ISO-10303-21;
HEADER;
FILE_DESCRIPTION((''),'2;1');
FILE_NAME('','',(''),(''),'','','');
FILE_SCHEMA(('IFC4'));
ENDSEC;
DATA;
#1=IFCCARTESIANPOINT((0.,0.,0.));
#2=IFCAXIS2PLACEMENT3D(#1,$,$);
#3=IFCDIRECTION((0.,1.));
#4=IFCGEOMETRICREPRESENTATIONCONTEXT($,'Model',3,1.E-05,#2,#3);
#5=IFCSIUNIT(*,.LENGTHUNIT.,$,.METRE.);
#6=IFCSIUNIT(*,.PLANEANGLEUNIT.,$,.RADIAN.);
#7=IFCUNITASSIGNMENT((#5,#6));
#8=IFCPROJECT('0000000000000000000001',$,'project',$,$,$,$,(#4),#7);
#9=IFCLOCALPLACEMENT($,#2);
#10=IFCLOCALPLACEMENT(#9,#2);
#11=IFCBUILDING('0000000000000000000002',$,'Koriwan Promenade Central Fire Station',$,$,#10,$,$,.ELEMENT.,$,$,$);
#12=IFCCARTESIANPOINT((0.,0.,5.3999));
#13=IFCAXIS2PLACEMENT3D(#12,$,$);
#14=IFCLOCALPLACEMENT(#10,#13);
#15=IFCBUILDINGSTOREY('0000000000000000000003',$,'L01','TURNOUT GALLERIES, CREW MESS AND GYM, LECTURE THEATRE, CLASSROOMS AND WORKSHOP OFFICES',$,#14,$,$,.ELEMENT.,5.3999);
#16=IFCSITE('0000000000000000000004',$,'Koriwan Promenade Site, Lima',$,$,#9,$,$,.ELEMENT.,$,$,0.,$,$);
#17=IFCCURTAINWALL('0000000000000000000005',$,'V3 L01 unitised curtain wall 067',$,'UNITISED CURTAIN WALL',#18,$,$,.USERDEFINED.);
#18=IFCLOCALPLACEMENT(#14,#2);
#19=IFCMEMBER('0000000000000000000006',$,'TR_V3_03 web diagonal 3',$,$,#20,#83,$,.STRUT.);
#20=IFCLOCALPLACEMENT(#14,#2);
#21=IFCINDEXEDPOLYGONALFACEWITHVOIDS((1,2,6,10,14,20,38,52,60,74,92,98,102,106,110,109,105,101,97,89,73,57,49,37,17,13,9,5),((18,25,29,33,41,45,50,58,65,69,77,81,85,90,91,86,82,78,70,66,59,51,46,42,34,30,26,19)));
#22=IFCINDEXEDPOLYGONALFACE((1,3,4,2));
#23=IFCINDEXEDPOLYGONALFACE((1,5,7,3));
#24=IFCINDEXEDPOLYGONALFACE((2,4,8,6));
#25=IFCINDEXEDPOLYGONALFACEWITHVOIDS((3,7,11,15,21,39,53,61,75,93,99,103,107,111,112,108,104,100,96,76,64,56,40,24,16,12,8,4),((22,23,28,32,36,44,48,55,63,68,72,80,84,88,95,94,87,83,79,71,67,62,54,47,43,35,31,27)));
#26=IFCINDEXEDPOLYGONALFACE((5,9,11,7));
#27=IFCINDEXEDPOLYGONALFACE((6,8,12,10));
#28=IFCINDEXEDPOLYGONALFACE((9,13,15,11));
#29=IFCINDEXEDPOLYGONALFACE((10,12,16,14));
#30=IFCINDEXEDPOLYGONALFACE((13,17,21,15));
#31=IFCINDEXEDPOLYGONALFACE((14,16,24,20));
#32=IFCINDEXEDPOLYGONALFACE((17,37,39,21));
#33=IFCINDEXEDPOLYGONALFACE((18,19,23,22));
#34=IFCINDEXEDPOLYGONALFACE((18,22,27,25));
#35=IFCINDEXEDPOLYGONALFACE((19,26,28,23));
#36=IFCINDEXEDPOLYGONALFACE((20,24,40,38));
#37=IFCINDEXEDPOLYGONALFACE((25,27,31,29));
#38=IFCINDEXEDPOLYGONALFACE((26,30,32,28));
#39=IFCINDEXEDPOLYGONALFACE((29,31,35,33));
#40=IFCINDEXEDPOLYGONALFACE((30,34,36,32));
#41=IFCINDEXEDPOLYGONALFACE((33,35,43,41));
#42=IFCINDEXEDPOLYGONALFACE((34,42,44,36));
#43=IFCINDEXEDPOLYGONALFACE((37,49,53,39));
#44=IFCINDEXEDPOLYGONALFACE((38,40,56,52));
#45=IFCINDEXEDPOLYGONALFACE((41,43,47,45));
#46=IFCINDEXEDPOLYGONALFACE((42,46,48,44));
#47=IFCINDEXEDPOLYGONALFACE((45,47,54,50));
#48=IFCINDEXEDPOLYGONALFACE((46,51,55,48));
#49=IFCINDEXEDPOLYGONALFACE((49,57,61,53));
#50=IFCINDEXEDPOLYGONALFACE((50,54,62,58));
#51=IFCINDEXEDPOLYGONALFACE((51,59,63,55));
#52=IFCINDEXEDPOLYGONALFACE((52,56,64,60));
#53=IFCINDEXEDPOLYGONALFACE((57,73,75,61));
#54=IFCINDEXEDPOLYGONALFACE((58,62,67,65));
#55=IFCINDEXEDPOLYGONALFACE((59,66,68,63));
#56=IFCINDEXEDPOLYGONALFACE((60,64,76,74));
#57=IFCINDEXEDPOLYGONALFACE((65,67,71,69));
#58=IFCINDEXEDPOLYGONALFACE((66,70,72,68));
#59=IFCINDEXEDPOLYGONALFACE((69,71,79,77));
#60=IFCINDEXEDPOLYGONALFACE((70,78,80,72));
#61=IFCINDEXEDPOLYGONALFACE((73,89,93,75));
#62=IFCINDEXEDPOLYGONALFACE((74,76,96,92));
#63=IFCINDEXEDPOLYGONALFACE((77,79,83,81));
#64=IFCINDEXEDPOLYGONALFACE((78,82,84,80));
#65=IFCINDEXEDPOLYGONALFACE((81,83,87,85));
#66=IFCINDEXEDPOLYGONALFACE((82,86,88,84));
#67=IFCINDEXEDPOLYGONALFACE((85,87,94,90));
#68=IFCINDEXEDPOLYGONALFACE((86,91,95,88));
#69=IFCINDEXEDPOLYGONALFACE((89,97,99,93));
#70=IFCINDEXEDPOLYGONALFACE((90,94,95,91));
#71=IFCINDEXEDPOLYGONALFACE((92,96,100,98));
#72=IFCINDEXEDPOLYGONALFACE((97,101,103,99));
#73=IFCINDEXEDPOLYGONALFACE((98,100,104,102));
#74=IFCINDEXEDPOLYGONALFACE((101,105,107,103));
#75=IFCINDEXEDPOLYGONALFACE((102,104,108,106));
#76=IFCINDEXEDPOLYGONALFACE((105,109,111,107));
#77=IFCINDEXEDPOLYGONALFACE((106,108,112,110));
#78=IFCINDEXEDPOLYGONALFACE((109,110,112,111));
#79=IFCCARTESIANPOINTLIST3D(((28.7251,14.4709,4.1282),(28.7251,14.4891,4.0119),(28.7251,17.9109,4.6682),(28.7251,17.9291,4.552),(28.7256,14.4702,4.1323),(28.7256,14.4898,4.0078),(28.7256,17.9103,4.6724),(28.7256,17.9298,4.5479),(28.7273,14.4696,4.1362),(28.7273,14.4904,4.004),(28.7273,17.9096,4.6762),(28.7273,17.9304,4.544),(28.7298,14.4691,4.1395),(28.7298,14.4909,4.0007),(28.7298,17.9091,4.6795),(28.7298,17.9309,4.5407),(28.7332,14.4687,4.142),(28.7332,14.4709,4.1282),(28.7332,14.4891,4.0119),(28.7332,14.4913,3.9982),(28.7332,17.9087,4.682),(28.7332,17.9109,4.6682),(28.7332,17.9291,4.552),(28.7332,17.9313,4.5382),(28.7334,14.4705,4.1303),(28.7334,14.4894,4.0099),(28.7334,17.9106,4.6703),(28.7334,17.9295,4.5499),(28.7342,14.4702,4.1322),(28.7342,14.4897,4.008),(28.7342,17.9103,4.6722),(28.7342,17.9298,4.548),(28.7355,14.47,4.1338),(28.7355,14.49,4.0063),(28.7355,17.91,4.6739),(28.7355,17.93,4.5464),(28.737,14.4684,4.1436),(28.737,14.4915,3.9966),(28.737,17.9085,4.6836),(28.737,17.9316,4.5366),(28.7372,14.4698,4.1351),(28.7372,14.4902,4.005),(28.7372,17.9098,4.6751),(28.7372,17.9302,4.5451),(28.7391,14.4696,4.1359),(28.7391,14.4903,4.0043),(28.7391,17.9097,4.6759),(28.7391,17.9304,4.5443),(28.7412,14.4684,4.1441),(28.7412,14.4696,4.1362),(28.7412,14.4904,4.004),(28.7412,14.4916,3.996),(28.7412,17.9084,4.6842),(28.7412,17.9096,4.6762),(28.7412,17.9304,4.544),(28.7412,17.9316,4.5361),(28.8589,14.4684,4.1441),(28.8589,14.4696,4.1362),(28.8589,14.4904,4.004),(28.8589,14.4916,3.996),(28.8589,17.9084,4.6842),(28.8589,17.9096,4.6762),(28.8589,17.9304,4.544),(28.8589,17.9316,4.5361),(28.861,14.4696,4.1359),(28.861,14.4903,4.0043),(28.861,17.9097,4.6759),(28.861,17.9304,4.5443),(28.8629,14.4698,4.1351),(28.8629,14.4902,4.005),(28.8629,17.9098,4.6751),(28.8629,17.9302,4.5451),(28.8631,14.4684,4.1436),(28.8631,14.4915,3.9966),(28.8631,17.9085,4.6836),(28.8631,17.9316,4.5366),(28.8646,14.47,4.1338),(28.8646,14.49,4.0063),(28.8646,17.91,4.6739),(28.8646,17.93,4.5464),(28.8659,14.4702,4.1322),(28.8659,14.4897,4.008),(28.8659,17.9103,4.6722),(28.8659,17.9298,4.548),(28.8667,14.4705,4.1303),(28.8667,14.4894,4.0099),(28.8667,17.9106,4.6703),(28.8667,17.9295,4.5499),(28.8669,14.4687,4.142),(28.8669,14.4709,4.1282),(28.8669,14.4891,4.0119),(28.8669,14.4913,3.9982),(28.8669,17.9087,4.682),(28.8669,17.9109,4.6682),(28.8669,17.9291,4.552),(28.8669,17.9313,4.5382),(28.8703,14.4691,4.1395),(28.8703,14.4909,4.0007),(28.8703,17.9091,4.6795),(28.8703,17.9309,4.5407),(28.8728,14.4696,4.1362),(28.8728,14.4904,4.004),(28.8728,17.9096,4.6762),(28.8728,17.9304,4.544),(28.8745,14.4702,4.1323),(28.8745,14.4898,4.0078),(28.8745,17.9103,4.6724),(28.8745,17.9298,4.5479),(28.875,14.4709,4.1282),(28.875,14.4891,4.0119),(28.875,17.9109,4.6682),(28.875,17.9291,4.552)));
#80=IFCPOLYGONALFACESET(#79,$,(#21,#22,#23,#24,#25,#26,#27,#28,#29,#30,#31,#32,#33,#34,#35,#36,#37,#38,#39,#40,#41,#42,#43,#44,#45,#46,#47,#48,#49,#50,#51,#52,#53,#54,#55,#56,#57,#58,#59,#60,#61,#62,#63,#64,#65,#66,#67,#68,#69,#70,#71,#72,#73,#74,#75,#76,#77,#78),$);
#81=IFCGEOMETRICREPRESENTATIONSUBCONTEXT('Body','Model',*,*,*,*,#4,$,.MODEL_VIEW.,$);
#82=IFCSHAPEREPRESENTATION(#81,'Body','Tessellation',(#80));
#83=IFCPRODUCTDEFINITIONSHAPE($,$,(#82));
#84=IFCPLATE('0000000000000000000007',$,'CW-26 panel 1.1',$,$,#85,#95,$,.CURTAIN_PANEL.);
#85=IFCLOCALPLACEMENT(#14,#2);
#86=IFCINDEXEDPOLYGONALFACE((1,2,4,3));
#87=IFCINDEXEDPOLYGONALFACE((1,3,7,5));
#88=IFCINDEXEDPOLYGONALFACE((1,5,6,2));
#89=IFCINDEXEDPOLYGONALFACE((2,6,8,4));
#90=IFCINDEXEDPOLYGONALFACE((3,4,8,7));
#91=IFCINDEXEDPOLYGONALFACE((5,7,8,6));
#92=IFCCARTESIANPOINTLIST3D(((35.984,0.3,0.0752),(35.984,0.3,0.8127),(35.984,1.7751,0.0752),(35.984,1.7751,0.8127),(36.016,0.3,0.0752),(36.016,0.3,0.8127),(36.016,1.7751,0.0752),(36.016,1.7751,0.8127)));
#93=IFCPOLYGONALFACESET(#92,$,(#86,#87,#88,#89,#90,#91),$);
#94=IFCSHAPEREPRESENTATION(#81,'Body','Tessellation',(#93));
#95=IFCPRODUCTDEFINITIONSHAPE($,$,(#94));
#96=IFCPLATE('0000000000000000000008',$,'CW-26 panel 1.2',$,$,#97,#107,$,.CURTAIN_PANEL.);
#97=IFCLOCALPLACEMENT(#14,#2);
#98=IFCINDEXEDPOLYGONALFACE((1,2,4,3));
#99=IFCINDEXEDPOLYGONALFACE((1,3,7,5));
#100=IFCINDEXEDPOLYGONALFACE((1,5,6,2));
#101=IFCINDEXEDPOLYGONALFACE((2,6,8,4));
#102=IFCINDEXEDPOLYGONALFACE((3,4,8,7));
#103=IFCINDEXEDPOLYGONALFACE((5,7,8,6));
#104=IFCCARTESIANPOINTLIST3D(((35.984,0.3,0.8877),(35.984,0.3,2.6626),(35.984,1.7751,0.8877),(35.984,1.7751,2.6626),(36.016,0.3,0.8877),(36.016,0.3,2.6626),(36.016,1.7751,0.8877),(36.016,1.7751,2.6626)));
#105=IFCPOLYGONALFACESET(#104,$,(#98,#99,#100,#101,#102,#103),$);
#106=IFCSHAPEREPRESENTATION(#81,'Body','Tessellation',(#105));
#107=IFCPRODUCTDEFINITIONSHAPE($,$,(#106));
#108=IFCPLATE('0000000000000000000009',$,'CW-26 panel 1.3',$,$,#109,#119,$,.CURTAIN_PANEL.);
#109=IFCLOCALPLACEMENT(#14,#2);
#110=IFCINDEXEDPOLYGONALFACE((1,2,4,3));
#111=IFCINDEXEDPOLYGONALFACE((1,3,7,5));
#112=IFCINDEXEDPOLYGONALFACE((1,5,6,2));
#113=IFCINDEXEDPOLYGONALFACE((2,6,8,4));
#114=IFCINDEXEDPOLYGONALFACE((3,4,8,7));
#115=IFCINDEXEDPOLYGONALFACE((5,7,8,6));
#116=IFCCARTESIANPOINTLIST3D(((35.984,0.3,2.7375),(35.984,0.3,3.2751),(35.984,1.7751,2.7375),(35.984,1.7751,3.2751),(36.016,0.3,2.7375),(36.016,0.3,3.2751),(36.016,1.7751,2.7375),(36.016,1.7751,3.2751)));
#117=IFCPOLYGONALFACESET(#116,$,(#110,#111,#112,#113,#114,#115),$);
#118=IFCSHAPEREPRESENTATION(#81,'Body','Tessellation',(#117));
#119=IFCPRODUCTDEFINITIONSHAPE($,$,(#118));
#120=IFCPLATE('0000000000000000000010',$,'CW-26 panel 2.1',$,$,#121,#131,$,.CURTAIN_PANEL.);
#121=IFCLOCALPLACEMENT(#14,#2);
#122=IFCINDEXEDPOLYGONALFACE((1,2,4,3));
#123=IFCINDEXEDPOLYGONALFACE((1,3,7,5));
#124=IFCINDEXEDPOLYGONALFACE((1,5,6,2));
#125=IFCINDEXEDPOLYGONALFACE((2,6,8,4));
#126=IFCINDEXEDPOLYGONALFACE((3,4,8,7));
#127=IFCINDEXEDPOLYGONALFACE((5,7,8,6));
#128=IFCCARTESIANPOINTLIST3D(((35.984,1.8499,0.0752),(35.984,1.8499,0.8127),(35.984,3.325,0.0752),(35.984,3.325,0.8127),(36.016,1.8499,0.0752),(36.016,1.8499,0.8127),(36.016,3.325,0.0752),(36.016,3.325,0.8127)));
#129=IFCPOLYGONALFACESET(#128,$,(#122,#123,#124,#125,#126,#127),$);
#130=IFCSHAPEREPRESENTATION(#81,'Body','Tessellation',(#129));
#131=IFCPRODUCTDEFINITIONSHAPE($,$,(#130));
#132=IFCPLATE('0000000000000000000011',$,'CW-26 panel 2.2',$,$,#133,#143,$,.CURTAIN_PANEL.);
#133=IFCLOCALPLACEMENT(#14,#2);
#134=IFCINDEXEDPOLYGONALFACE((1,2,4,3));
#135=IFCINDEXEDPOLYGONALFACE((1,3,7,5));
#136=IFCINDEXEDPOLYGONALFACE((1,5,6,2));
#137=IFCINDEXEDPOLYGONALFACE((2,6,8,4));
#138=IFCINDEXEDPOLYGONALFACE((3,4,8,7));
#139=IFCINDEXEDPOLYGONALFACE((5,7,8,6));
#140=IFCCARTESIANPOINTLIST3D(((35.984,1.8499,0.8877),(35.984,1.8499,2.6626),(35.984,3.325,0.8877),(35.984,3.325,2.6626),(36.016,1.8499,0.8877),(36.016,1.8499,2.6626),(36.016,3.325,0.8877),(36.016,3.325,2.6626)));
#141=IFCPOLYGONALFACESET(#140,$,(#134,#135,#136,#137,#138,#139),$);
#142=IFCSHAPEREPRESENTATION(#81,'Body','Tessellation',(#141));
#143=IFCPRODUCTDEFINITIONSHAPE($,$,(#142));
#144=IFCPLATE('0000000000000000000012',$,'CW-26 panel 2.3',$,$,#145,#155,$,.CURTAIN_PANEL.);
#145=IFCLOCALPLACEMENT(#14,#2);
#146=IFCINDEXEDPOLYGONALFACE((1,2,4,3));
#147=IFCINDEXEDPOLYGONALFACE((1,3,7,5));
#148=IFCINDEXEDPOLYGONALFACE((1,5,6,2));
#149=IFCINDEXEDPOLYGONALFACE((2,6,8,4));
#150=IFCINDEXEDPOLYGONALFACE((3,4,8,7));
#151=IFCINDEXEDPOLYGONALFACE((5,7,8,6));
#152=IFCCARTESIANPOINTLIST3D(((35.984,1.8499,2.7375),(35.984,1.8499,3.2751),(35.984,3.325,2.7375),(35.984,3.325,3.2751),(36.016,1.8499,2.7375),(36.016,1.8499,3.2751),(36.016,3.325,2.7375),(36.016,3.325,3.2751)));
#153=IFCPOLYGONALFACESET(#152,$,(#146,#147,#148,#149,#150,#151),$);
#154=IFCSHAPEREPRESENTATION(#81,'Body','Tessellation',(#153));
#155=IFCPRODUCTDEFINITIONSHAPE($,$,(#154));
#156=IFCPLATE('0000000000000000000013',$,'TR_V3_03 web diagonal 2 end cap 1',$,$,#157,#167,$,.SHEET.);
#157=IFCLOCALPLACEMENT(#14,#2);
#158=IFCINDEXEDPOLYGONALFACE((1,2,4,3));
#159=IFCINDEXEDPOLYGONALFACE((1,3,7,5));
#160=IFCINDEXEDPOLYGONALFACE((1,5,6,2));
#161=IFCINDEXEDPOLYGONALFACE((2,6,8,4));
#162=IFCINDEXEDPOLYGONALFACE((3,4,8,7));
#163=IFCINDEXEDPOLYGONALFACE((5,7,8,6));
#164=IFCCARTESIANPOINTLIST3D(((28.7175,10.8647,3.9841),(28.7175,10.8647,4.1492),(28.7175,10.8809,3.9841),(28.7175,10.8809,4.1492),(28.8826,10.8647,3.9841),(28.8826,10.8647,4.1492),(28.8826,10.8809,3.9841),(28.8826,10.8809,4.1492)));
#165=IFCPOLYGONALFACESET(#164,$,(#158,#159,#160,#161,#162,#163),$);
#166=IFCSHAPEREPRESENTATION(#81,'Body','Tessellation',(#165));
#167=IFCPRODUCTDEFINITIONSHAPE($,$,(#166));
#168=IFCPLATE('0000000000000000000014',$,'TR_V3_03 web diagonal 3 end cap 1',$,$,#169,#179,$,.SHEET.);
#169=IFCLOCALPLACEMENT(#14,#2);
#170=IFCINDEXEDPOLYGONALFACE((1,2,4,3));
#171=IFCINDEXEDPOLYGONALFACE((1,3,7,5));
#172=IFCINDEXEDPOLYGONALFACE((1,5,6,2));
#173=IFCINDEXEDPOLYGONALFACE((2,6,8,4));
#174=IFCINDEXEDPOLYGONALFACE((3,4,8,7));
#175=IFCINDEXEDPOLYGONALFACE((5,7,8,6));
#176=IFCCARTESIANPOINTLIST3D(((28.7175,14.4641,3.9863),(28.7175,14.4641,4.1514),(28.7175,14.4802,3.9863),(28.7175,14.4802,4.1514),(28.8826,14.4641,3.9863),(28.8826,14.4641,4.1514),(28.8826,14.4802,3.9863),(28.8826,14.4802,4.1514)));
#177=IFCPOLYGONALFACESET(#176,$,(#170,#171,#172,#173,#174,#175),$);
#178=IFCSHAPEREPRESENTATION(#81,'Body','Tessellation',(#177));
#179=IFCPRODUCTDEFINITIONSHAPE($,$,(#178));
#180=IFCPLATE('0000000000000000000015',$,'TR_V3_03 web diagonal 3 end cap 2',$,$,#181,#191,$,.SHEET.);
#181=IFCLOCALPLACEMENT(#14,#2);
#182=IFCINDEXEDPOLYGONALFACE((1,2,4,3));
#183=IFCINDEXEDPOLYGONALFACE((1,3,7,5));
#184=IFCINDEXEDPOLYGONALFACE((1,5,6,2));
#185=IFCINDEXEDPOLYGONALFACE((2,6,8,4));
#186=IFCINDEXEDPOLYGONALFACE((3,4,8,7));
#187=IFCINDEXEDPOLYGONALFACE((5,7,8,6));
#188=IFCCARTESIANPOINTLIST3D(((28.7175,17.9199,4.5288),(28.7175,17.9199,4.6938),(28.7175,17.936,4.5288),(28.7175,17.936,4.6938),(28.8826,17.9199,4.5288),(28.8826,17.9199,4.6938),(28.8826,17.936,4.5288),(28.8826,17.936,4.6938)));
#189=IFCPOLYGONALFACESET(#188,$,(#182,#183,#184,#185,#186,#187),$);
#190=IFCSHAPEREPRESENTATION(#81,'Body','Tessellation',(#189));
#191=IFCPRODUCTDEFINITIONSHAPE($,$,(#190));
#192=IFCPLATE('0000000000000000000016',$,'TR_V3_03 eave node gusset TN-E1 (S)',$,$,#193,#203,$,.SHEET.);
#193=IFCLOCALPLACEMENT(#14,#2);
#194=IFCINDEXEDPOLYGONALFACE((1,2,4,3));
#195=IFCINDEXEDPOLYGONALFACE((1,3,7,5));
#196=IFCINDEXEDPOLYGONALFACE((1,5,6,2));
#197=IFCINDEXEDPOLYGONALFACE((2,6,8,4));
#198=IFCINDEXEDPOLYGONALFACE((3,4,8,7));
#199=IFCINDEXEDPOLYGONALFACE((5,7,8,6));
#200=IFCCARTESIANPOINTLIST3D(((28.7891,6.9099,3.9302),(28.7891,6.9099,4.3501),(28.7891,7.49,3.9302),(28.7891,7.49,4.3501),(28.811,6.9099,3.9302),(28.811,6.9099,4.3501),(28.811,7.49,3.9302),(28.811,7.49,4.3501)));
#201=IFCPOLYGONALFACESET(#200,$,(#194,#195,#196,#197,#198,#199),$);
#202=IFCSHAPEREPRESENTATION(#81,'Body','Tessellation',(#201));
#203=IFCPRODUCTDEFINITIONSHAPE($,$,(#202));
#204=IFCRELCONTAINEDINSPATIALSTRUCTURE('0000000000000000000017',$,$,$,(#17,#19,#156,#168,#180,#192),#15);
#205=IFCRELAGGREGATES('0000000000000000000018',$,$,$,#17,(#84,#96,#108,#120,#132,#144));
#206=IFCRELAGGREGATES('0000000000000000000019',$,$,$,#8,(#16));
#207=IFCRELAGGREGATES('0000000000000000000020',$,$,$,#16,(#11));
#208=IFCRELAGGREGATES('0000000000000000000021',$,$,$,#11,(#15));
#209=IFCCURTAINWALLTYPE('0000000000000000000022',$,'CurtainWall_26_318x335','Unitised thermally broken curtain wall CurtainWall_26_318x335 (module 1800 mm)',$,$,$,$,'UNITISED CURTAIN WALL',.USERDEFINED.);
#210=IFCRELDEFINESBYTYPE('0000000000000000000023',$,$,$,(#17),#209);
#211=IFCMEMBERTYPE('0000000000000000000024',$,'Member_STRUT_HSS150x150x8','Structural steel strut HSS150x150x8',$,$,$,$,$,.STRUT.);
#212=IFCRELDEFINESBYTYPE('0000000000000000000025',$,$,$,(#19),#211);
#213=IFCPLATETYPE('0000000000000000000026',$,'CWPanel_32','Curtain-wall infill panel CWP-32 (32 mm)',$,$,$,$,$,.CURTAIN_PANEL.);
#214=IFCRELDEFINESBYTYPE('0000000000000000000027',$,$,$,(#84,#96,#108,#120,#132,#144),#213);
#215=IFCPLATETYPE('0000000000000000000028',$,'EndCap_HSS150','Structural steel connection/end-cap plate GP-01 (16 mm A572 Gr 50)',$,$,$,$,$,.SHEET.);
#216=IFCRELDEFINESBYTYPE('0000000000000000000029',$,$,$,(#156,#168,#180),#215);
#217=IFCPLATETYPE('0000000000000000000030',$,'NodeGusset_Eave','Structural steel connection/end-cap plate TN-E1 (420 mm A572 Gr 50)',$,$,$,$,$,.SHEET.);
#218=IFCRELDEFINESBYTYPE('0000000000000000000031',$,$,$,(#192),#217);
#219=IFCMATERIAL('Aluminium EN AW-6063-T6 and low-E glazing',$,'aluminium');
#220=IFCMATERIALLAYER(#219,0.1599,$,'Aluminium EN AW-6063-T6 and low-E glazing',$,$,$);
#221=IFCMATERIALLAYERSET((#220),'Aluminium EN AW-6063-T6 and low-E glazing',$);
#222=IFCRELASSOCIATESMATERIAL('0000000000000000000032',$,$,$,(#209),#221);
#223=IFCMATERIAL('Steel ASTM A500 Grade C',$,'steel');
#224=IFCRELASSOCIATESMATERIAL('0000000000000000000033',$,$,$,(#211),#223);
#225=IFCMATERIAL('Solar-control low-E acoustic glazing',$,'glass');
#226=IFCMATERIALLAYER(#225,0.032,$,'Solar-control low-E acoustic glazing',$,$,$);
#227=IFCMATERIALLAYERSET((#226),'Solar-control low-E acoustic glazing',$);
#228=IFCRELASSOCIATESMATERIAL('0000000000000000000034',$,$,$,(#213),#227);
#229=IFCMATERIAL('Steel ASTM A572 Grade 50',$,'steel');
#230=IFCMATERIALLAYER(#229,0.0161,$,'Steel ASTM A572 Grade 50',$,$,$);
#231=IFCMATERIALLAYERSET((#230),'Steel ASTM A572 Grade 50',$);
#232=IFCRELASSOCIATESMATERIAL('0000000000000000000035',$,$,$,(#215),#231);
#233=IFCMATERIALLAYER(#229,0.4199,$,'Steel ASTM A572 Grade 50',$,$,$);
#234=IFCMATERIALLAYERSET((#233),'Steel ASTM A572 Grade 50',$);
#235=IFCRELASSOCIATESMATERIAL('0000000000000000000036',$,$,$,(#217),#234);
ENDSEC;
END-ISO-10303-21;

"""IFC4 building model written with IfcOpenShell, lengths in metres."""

from ifc_helpers import new_model, si_unit, direction, frame, origin, origin_2d, place, context, subcontext, project, spatial, rectangle, hollow_rectangle, extrude, material, layer, layer_set, material_profile, profile_set, type_object, element, aggregate, save


model = new_model("IFC4")

# Units and contexts
model_context = context("Model", 3, precision=1e-05, world=origin(), true_north=direction((0.0, 1.0)))
body_context = subcontext(model_context, "Body", "Model", "MODEL_VIEW")
ifc_project = project(units=[si_unit("LENGTHUNIT", "METRE"), si_unit("PLANEANGLEUNIT", "RADIAN")], contexts=[model_context])

# Site, building, storey
site_placement = place(None, origin())
site = spatial("IfcSite", under=ifc_project, at=site_placement, Name="Koriwan Promenade Site, Lima", CompositionType="ELEMENT", RefElevation=0.0)
building_placement = place(site_placement, origin())
building = spatial("IfcBuilding", under=site, at=building_placement, Name="Koriwan Promenade Central Fire Station", CompositionType="ELEMENT")
storey_placement = place(building_placement, frame((0.0, 0.0, 5.3999)))
storey = spatial("IfcBuildingStorey", under=building, at=storey_placement, Name="L01", Description="TURNOUT GALLERIES, CREW MESS AND GYM, LECTURE THEATRE, CLASSROOMS AND WORKSHOP OFFICES", CompositionType="ELEMENT", Elevation=5.3999)

# Curtain wall
ifc_material_1 = material(Name="Aluminium EN AW-6063-T6 and low-E glazing", Category="aluminium")
ifc_layer_1 = layer(ifc_material_1, 0.1599, Name="Aluminium EN AW-6063-T6 and low-E glazing")
ifc_layer_set_1 = layer_set([ifc_layer_1], Name="Aluminium EN AW-6063-T6 and low-E glazing")
curtain_wall_type = type_object("IfcCurtainWallType", Name="CurtainWall_26_318x335", Description="Unitised thermally broken curtain wall CurtainWall_26_318x335 (module 1800 mm)", ElementType="UNITISED CURTAIN WALL", PredefinedType="USERDEFINED", material=ifc_layer_set_1)
curtain_wall_placement = place(storey_placement, origin())
curtain_wall = element("IfcCurtainWall", 1, at=curtain_wall_placement, inside=storey, type_object=curtain_wall_type, Name="V3 L01 unitised curtain wall 067", ObjectType="UNITISED CURTAIN WALL", PredefinedType="USERDEFINED")

# Member
ifc_material_2 = material(Name="Steel ASTM A500 Grade C", Category="steel")
ifc_material_profile_1 = material_profile(ifc_material_2, hollow_rectangle(XDim=0.1499, YDim=0.1499, WallThickness=0.0081, InnerFilletRadius=0.0081, OuterFilletRadius=0.0161, at=origin_2d()), Name="HSS150x150x8")
ifc_profile_set_1 = profile_set([ifc_material_profile_1], Name="Steel ASTM A500 Grade C")
member_type_1 = type_object("IfcMemberType", Name="Member_STRUT_HSS150x150x8", Description="Structural steel strut HSS150x150x8", PredefinedType="STRUT", material=ifc_profile_set_1)
member_1_placement = place(storey_placement, frame((28.8, 14.48, 4.0701), z_axis=(0.0, 0.9879, 0.155091), x_axis=(-1.0, 0.0, 0.0)))
element("IfcMember", 2, at=member_1_placement, inside=storey, type_object=member_type_1, Name="TR_V3_03 web diagonal 3", PredefinedType="STRUT", context=body_context, shape_type="SweptSolid", body=[
    extrude(hollow_rectangle(XDim=0.1499, YDim=0.1499, WallThickness=0.0081, InnerFilletRadius=0.0081, OuterFilletRadius=0.0161, at=origin_2d()), origin(), (0.0, 0.0, 1.0), 3.4822),
])

# Plates
ifc_material_3 = material(Name="Solar-control low-E acoustic glazing", Category="glass")
ifc_layer_2 = layer(ifc_material_3, 0.032, Name="Solar-control low-E acoustic glazing")
ifc_layer_set_2 = layer_set([ifc_layer_2], Name="Solar-control low-E acoustic glazing")
plate_type_1 = type_object("IfcPlateType", Name="CWPanel_32", Description="Curtain-wall infill panel CWP-32 (32 mm)", PredefinedType="CURTAIN_PANEL", material=ifc_layer_set_2)
plate_1_placement = place(storey_placement, frame((36.0, 1.0376, 0.0752), z_axis=(0.0, 0.0, 1.0), x_axis=(0.0, 1.0, 0.0)))
plate_1 = element("IfcPlate", 3, at=plate_1_placement, type_object=plate_type_1, Name="CW-26 panel 1.1", PredefinedType="CURTAIN_PANEL", context=body_context, shape_type="SweptSolid", body=[
    extrude(rectangle(XDim=1.4751, YDim=0.032, at=origin_2d()), origin(), (0.0, 0.0, 1.0), 0.7375),
])
plate_2_placement = place(storey_placement, frame((36.0, 1.0376, 0.8877), z_axis=(0.0, 0.0, 1.0), x_axis=(0.0, 1.0, 0.0)))
plate_2 = element("IfcPlate", 4, at=plate_2_placement, type_object=plate_type_1, Name="CW-26 panel 1.2", PredefinedType="CURTAIN_PANEL", context=body_context, shape_type="SweptSolid", body=[
    extrude(rectangle(XDim=1.4751, YDim=0.032, at=origin_2d()), origin(), (0.0, 0.0, 1.0), 1.7749),
])
plate_3_placement = place(storey_placement, frame((36.0, 1.0376, 2.7375), z_axis=(0.0, 0.0, 1.0), x_axis=(0.0, 1.0, 0.0)))
plate_3 = element("IfcPlate", 5, at=plate_3_placement, type_object=plate_type_1, Name="CW-26 panel 1.3", PredefinedType="CURTAIN_PANEL", context=body_context, shape_type="SweptSolid", body=[
    extrude(rectangle(XDim=1.4751, YDim=0.032, at=origin_2d()), origin(), (0.0, 0.0, 1.0), 0.5376),
])
plate_4_placement = place(storey_placement, frame((36.0, 2.5874, 0.0752), z_axis=(0.0, 0.0, 1.0), x_axis=(0.0, 1.0, 0.0)))
plate_4 = element("IfcPlate", 6, at=plate_4_placement, type_object=plate_type_1, Name="CW-26 panel 2.1", PredefinedType="CURTAIN_PANEL", context=body_context, shape_type="SweptSolid", body=[
    extrude(rectangle(XDim=1.4751, YDim=0.032, at=origin_2d()), origin(), (0.0, 0.0, 1.0), 0.7375),
])
plate_5_placement = place(storey_placement, frame((36.0, 2.5874, 0.8877), z_axis=(0.0, 0.0, 1.0), x_axis=(0.0, 1.0, 0.0)))
plate_5 = element("IfcPlate", 7, at=plate_5_placement, type_object=plate_type_1, Name="CW-26 panel 2.2", PredefinedType="CURTAIN_PANEL", context=body_context, shape_type="SweptSolid", body=[
    extrude(rectangle(XDim=1.4751, YDim=0.032, at=origin_2d()), origin(), (0.0, 0.0, 1.0), 1.7749),
])
plate_6_placement = place(storey_placement, frame((36.0, 2.5874, 2.7375), z_axis=(0.0, 0.0, 1.0), x_axis=(0.0, 1.0, 0.0)))
plate_6 = element("IfcPlate", 8, at=plate_6_placement, type_object=plate_type_1, Name="CW-26 panel 2.3", PredefinedType="CURTAIN_PANEL", context=body_context, shape_type="SweptSolid", body=[
    extrude(rectangle(XDim=1.4751, YDim=0.032, at=origin_2d()), origin(), (0.0, 0.0, 1.0), 0.5376),
])
aggregate(curtain_wall, [plate_1, plate_2, plate_3, plate_4, plate_5, plate_6])

# Plates
ifc_material_4 = material(Name="Steel ASTM A572 Grade 50", Category="steel")
ifc_layer_3 = layer(ifc_material_4, 0.0161, Name="Steel ASTM A572 Grade 50")
ifc_layer_set_3 = layer_set([ifc_layer_3], Name="Steel ASTM A572 Grade 50")
plate_type_2 = type_object("IfcPlateType", Name="EndCap_HSS150", Description="Structural steel connection/end-cap plate GP-01 (16 mm A572 Gr 50)", PredefinedType="SHEET", material=ifc_layer_set_3)
for number, where, z_axis, x_axis, name in (
    (9, (28.8, 10.8728, 3.9841), (0.0, 0.0, 1.0), (0.0, 1.0, 0.0), "TR_V3_03 web diagonal 2 end cap 1"),
    (10, (28.8, 14.4722, 3.9863), (0.0, 0.0, 1.0), (0.0, 1.0, 0.0), "TR_V3_03 web diagonal 3 end cap 1"),
    (11, (28.8, 17.928, 4.5288), (0.0, 0.0, 1.0), (0.0, 1.0, 0.0), "TR_V3_03 web diagonal 3 end cap 2"),
):
    element("IfcPlate", number, at=place(storey_placement, frame(where, z_axis=z_axis, x_axis=x_axis)), inside=storey, type_object=plate_type_2, Name=name, PredefinedType="SHEET", context=body_context, shape_type="SweptSolid", body=[
        extrude(rectangle(XDim=0.0161, YDim=0.165, at=origin_2d()), origin(), (0.0, 0.0, 1.0), 0.165),
    ])
ifc_layer_4 = layer(ifc_material_4, 0.4199, Name="Steel ASTM A572 Grade 50")
ifc_layer_set_4 = layer_set([ifc_layer_4], Name="Steel ASTM A572 Grade 50")
plate_type_3 = type_object("IfcPlateType", Name="NodeGusset_Eave", Description="Structural steel connection/end-cap plate TN-E1 (420 mm A572 Gr 50)", PredefinedType="SHEET", material=ifc_layer_set_4)
plate_7_placement = place(storey_placement, frame((28.8, 7.2, 3.9302), z_axis=(0.0, 0.0, 1.0), x_axis=(1.0, 0.0, 0.0)))
element("IfcPlate", 12, at=plate_7_placement, inside=storey, type_object=plate_type_3, Name="TR_V3_03 eave node gusset TN-E1 (S)", PredefinedType="SHEET", context=body_context, shape_type="SweptSolid", body=[
    extrude(rectangle(XDim=0.022, YDim=0.5801, at=origin_2d()), origin(), (0.0, 0.0, 1.0), 0.4199),
])

save(model, "model.ifc")
